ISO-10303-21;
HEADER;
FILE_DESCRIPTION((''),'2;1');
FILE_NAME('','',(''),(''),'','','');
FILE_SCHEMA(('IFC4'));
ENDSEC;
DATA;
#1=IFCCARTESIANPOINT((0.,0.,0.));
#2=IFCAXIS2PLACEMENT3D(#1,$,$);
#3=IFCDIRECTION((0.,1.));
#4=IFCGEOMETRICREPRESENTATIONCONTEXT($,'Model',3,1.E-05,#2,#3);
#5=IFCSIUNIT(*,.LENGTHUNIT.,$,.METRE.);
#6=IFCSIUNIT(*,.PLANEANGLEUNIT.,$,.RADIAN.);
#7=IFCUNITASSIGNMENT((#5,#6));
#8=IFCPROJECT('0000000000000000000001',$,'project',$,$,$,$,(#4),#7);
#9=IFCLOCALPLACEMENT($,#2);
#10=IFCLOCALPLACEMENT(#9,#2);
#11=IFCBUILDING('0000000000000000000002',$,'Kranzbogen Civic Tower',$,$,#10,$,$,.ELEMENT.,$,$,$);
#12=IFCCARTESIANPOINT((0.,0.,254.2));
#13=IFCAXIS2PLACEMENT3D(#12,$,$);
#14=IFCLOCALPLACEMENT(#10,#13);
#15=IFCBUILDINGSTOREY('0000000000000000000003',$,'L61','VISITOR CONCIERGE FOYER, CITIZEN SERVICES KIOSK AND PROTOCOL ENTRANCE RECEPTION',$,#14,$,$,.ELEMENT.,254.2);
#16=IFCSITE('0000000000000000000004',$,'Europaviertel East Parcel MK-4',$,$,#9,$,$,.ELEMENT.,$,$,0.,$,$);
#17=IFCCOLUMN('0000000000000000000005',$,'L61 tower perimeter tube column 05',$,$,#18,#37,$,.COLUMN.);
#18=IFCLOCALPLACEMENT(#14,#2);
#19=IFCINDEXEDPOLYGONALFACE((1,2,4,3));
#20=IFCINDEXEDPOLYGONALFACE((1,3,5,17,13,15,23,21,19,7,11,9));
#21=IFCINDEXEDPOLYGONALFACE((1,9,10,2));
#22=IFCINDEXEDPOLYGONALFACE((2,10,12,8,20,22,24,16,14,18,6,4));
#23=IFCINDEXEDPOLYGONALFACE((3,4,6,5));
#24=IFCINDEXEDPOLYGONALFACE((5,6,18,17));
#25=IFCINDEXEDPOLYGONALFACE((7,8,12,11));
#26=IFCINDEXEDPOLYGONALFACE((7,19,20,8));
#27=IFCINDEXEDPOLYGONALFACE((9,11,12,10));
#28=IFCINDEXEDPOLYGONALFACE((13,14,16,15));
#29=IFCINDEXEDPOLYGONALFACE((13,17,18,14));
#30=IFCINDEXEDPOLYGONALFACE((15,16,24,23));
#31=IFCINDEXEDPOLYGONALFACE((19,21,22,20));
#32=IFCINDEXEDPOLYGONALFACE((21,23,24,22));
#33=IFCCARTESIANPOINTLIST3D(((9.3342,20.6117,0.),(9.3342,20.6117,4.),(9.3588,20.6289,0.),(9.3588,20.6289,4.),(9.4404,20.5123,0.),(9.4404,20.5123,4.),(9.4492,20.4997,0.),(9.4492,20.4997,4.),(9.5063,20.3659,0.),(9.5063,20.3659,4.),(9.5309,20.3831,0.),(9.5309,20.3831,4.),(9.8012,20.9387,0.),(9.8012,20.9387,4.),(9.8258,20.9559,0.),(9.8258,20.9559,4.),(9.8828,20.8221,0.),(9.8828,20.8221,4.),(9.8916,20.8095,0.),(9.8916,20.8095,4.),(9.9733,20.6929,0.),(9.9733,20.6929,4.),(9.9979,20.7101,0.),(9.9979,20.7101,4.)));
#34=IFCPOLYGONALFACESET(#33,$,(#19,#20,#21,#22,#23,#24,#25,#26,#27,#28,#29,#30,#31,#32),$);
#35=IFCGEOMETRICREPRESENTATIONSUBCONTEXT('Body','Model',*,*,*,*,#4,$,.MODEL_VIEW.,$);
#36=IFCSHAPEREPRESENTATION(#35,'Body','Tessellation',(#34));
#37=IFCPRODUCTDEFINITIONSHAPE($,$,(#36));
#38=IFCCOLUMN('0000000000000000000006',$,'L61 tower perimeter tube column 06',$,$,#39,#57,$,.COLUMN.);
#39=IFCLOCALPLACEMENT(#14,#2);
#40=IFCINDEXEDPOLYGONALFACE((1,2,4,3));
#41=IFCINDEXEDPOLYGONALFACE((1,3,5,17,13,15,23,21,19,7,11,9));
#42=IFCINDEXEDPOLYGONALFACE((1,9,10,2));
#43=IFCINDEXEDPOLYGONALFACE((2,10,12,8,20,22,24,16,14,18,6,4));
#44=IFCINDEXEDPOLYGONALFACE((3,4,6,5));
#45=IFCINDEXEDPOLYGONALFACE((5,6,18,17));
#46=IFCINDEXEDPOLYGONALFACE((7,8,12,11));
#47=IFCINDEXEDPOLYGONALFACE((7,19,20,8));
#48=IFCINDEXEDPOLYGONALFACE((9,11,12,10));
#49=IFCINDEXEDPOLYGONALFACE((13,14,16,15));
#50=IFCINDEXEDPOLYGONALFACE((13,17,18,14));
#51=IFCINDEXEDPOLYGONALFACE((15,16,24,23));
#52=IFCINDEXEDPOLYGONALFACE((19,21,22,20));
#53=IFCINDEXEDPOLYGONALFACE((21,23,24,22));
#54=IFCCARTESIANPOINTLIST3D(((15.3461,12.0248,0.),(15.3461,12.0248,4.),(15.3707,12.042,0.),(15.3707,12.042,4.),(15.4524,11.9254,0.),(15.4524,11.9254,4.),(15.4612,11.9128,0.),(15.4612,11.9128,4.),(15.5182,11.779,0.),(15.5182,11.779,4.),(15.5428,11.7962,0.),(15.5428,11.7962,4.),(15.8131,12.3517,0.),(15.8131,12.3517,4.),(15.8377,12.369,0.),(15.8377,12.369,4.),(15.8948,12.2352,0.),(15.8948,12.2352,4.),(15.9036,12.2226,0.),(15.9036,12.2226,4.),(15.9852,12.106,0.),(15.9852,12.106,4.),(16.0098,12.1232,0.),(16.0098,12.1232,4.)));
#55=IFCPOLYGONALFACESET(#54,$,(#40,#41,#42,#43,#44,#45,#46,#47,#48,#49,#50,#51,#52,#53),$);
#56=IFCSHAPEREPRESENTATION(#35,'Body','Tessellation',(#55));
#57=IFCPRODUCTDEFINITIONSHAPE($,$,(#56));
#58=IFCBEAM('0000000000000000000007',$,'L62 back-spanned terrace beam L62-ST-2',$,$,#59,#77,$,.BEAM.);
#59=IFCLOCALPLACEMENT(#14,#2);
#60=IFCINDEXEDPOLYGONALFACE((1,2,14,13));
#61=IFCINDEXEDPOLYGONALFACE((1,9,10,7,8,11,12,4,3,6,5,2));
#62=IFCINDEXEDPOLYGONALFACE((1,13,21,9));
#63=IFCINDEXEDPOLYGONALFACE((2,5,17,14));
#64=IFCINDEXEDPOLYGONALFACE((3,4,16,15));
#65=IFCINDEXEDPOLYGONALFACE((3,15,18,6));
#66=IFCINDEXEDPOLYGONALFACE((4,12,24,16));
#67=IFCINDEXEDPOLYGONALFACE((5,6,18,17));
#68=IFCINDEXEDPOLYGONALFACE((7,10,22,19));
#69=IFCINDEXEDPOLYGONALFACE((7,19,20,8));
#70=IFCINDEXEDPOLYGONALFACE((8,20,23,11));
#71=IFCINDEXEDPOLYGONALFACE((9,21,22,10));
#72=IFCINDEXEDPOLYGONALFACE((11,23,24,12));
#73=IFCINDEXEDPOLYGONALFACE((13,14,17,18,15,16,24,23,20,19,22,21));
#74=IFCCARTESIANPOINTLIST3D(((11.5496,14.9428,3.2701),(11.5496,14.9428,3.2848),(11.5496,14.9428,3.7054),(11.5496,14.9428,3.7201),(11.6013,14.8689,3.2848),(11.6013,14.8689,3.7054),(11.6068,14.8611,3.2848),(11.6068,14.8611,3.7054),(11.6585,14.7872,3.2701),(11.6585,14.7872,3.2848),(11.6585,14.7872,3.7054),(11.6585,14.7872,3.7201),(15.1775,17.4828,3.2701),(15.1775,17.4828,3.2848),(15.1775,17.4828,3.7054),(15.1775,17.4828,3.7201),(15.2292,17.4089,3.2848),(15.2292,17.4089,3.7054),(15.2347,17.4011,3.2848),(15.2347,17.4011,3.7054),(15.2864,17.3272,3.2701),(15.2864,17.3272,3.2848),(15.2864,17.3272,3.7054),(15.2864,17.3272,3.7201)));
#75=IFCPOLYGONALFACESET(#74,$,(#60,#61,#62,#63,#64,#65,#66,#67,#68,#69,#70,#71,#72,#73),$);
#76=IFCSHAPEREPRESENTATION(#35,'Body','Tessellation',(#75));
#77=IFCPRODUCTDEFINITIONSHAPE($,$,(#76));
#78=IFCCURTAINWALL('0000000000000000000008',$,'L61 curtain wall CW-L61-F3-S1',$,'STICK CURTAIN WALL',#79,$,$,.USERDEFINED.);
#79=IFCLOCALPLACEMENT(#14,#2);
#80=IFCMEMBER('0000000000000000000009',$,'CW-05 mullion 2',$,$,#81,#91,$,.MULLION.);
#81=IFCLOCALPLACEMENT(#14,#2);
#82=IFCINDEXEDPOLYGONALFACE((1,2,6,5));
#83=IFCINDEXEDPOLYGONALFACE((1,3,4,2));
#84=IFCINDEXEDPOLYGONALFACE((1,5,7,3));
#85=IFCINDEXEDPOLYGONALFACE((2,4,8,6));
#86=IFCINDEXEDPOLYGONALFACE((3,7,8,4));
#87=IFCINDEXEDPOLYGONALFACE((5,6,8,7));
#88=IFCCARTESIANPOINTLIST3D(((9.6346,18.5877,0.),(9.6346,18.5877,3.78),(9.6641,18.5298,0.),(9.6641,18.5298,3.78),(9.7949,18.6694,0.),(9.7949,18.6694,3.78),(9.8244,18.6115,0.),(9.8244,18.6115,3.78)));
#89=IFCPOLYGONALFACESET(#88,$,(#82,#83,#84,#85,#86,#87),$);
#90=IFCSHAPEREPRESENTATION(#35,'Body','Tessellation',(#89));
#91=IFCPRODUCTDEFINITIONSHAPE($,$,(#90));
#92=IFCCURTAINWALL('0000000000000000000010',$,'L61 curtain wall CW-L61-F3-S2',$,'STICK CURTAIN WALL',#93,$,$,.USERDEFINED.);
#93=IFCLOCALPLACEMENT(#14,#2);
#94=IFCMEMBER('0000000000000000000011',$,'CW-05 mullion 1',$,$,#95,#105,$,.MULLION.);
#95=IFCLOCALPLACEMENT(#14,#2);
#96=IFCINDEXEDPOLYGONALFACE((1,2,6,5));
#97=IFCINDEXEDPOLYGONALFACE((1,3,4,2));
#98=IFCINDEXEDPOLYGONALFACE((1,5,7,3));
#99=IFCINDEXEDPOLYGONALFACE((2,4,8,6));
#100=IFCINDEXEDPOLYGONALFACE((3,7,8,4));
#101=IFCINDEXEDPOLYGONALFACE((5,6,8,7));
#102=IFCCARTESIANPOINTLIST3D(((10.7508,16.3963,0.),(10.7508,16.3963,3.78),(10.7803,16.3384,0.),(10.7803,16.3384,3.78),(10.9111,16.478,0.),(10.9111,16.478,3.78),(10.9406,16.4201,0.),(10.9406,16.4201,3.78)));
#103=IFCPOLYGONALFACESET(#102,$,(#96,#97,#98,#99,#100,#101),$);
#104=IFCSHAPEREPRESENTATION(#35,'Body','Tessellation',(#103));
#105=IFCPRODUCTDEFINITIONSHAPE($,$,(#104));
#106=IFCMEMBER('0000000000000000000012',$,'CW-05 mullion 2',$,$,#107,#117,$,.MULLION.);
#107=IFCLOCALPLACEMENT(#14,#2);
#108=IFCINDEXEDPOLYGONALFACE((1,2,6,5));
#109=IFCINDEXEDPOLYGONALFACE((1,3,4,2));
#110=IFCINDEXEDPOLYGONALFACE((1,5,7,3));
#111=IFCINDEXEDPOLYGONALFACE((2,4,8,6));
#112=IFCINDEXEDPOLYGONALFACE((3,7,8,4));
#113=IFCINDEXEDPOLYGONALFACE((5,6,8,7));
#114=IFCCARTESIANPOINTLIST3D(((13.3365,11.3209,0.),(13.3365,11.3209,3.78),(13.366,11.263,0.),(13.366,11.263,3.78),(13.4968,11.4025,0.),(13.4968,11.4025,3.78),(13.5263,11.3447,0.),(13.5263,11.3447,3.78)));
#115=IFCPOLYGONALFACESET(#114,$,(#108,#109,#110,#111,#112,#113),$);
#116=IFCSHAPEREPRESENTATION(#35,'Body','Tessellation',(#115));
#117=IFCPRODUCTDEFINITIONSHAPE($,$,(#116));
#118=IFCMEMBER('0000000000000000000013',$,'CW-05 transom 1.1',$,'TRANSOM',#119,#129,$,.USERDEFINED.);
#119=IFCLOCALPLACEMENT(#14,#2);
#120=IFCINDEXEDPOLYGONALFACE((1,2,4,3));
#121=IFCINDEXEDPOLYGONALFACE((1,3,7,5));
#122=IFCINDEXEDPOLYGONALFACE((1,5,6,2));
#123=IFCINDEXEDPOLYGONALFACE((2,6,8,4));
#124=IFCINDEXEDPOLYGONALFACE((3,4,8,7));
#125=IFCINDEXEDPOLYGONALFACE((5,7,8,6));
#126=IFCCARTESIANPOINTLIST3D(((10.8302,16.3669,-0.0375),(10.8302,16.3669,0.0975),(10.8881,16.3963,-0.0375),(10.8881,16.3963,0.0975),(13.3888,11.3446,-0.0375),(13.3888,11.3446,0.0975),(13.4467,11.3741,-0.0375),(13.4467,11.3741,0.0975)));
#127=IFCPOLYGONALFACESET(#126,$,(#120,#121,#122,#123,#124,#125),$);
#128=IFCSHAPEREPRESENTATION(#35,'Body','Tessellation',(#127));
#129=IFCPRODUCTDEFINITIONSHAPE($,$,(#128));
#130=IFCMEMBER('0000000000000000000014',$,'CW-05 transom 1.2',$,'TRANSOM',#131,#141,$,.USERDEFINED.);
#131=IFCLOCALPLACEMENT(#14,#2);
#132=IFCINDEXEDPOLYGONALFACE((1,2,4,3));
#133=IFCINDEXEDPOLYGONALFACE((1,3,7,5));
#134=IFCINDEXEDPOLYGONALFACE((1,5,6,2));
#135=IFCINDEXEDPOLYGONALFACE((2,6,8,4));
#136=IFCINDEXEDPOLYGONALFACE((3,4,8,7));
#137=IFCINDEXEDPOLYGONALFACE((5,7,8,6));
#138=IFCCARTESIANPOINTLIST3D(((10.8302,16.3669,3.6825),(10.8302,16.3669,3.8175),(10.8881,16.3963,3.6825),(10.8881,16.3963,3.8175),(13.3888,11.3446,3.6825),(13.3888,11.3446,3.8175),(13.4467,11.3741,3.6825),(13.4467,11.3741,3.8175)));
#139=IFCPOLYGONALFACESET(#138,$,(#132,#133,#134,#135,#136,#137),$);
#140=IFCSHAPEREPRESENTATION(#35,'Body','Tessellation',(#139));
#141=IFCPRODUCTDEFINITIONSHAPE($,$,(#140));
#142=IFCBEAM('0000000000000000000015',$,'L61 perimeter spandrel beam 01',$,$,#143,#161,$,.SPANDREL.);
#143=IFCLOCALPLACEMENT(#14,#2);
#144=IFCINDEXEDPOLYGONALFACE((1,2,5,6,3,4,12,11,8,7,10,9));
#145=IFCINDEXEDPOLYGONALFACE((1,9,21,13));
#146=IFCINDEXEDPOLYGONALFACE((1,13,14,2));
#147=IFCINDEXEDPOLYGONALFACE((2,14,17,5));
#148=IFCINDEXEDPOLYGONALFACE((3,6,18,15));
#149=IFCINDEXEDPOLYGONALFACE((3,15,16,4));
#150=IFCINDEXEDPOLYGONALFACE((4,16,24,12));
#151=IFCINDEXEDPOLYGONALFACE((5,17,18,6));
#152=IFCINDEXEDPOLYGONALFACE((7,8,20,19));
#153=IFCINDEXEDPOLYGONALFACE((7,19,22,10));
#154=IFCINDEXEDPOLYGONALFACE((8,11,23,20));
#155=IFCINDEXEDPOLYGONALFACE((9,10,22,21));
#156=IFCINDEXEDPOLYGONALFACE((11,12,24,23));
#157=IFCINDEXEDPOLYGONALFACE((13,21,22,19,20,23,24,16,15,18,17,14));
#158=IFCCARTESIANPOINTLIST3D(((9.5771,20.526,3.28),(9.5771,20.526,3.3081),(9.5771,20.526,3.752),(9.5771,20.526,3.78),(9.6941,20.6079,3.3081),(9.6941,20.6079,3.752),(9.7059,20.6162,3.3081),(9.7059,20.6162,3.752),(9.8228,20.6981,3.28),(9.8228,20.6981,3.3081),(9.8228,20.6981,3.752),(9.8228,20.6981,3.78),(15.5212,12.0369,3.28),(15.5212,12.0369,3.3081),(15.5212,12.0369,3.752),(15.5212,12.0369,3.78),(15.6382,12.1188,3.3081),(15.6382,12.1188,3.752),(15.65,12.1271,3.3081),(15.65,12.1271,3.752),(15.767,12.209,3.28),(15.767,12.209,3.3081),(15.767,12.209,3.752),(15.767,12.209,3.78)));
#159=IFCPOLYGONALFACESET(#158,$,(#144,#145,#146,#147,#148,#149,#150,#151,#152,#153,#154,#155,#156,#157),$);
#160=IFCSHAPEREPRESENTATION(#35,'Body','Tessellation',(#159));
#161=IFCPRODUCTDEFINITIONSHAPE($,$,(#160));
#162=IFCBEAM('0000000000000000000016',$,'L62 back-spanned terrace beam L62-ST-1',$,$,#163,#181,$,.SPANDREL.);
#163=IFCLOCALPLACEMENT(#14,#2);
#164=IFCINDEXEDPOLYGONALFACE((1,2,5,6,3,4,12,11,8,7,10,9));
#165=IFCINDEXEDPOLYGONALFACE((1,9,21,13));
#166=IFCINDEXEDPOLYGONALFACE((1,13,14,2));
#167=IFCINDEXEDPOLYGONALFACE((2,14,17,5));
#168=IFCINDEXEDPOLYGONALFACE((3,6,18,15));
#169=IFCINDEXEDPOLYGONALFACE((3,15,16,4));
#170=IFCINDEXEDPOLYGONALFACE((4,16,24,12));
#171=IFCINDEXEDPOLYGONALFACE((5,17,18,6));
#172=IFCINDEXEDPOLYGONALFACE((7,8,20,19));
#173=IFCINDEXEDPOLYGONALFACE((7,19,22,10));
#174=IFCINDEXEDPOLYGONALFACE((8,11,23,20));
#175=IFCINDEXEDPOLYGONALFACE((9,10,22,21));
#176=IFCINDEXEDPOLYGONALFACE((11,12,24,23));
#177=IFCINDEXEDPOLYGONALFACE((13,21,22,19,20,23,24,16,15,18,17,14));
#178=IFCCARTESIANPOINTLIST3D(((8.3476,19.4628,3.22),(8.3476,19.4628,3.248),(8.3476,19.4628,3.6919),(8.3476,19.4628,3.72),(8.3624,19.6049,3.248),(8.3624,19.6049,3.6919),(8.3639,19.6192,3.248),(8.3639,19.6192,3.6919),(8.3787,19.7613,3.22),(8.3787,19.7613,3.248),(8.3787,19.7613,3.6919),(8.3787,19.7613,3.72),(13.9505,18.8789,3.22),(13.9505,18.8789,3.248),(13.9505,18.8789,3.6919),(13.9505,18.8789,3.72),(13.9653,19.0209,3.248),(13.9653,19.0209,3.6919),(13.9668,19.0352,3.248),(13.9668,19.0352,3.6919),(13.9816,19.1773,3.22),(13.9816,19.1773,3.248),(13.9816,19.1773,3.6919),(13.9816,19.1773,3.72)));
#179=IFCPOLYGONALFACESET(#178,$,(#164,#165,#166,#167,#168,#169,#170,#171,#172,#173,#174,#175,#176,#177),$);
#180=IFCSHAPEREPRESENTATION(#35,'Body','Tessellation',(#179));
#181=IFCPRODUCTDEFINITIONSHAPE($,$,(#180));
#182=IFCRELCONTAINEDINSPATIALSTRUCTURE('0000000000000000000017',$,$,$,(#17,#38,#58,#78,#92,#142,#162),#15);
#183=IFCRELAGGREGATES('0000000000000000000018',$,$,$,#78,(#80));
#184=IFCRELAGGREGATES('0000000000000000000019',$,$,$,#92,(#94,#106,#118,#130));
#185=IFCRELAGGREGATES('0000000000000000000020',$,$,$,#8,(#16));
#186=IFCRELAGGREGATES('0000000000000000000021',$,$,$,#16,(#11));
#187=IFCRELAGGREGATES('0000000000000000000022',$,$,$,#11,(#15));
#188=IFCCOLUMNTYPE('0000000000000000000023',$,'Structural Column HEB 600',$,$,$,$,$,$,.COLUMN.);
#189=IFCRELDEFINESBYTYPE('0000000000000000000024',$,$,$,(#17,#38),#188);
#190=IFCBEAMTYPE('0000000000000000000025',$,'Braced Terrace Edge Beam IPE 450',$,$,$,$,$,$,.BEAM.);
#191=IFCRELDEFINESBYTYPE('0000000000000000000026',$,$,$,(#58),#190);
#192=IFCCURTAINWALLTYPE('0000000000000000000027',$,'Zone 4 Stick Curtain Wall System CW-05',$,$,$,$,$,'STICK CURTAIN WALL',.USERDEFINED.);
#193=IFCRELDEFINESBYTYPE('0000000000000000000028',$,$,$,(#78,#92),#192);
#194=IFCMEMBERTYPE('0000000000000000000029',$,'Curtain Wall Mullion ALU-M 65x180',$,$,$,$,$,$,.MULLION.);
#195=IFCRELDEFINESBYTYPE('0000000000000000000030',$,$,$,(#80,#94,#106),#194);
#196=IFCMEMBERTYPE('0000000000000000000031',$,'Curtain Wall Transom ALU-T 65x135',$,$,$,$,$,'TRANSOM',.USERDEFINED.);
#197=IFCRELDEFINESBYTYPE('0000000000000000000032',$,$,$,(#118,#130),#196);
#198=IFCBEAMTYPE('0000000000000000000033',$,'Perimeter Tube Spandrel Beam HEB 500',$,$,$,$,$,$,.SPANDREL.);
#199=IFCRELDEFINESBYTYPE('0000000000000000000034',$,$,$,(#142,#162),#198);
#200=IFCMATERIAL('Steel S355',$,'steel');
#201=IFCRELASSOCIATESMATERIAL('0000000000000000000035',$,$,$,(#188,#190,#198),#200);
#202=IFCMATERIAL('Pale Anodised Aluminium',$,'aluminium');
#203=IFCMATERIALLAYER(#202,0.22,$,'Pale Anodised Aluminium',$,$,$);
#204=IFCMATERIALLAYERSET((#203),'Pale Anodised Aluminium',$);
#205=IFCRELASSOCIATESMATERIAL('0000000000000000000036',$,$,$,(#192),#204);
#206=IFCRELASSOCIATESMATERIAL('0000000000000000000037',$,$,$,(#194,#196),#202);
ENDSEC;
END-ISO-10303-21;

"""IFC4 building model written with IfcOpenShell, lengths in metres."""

from ifc_helpers import new_model, si_unit, direction, frame, origin, origin_2d, place, context, subcontext, project, spatial, rectangle, i_section, extrude, material, layer, layer_set, material_profile, profile_set, type_object, element, aggregate, save


model = new_model("IFC4")

# Units and contexts
model_context = context("Model", 3, precision=1e-05, world=origin(), true_north=direction((0.0, 1.0)))
body_context = subcontext(model_context, "Body", "Model", "MODEL_VIEW")
ifc_project = project(units=[si_unit("LENGTHUNIT", "METRE"), si_unit("PLANEANGLEUNIT", "RADIAN")], contexts=[model_context])

# Site, building, storey
site_placement = place(None, origin())
site = spatial("IfcSite", under=ifc_project, at=site_placement, Name="Europaviertel East Parcel MK-4", CompositionType="ELEMENT", RefElevation=0.0)
building_placement = place(site_placement, origin())
building = spatial("IfcBuilding", under=site, at=building_placement, Name="Kranzbogen Civic Tower", CompositionType="ELEMENT")
storey_placement = place(building_placement, frame((0.0, 0.0, 254.2)))
storey = spatial("IfcBuildingStorey", under=building, at=storey_placement, Name="L61", Description="VISITOR CONCIERGE FOYER, CITIZEN SERVICES KIOSK AND PROTOCOL ENTRANCE RECEPTION", CompositionType="ELEMENT", Elevation=254.2)

# Columns
ifc_material_1 = material(Name="Steel S355", Category="steel")
ifc_material_profile_1 = material_profile(ifc_material_1, i_section(OverallWidth=0.3, OverallDepth=0.6001, WebThickness=0.0154, FlangeThickness=0.03, at=origin_2d()), Name="HEB 600")
ifc_profile_set_1 = profile_set([ifc_material_profile_1], Name="Steel S355")
column_type = type_object("IfcColumnType", Name="Structural Column HEB 600", PredefinedType="COLUMN", material=ifc_profile_set_1)
for number, where, z_axis, x_axis, name in (
    (1, (9.666, 20.6609, 0.0), (0.0, 0.0, 1.0), (-0.573576, 0.819152, 0.0), "L61 tower perimeter tube column 05"),
    (2, (15.678, 12.074, 0.0), (0.0, 0.0, 1.0), (-0.573576, 0.819152, 0.0), "L61 tower perimeter tube column 06"),
):
    element("IfcColumn", number, at=place(storey_placement, frame(where, z_axis=z_axis, x_axis=x_axis)), inside=storey, type_object=column_type, Name=name, PredefinedType="COLUMN", context=body_context, shape_type="SweptSolid", body=[
        extrude(i_section(OverallWidth=0.3, OverallDepth=0.6001, WebThickness=0.0154, FlangeThickness=0.03, at=origin_2d()), origin(), (0.0, 0.0, 1.0), 4.0),
    ])

# Beam
ifc_material_profile_2 = material_profile(ifc_material_1, i_section(OverallWidth=0.1899, OverallDepth=0.45, WebThickness=0.0095, FlangeThickness=0.0146, at=origin_2d()), Name="IPE 450")
ifc_profile_set_2 = profile_set([ifc_material_profile_2], Name="Steel S355")
beam_type_1 = type_object("IfcBeamType", Name="Braced Terrace Edge Beam IPE 450", PredefinedType="BEAM", material=ifc_profile_set_2)
beam_1_placement = place(storey_placement, frame((15.2319, 17.405, 3.4951), z_axis=(-0.81918, -0.573536, 0.0), x_axis=(0.573536, -0.81918, 0.0)))
element("IfcBeam", 3, at=beam_1_placement, inside=storey, type_object=beam_type_1, Name="L62 back-spanned terrace beam L62-ST-2", PredefinedType="BEAM", context=body_context, shape_type="SweptSolid", body=[
    extrude(i_section(OverallWidth=0.1899, OverallDepth=0.45, WebThickness=0.0095, FlangeThickness=0.0146, at=origin_2d()), origin(), (0.0, 0.0, 1.0), 4.4287),
])

# Curtain wall, member
ifc_material_2 = material(Name="Pale Anodised Aluminium", Category="aluminium")
ifc_layer_1 = layer(ifc_material_2, 0.22, Name="Pale Anodised Aluminium")
ifc_layer_set_1 = layer_set([ifc_layer_1], Name="Pale Anodised Aluminium")
curtain_wall_type = type_object("IfcCurtainWallType", Name="Zone 4 Stick Curtain Wall System CW-05", ElementType="STICK CURTAIN WALL", PredefinedType="USERDEFINED", material=ifc_layer_set_1)
curtain_wall_1_placement = place(storey_placement, origin())
curtain_wall_1 = element("IfcCurtainWall", 4, at=curtain_wall_1_placement, inside=storey, type_object=curtain_wall_type, Name="L61 curtain wall CW-L61-F3-S1", ObjectType="STICK CURTAIN WALL", PredefinedType="USERDEFINED")
ifc_material_profile_3 = material_profile(ifc_material_2, rectangle(XDim=0.0649, YDim=0.1799, at=origin_2d()), Name="ALU-M 65x180")
ifc_profile_set_3 = profile_set([ifc_material_profile_3], Name="Pale Anodised Aluminium")
member_type_1 = type_object("IfcMemberType", Name="Curtain Wall Mullion ALU-M 65x180", PredefinedType="MULLION", material=ifc_profile_set_3)
member_1_placement = place(storey_placement, frame((9.7295, 18.5996, 0.0), z_axis=(0.0, 0.0, 1.0), x_axis=(0.454012, -0.890996, 0.0)))
member_1 = element("IfcMember", 5, at=member_1_placement, type_object=member_type_1, Name="CW-05 mullion 2", PredefinedType="MULLION", context=body_context, shape_type="SweptSolid", body=[
    extrude(rectangle(XDim=0.0649, YDim=0.1799, at=origin_2d()), origin(), (0.0, 0.0, 1.0), 3.78),
])

# Curtain wall, members
curtain_wall_2_placement = place(storey_placement, origin())
curtain_wall_2 = element("IfcCurtainWall", 6, at=curtain_wall_2_placement, inside=storey, type_object=curtain_wall_type, Name="L61 curtain wall CW-L61-F3-S2", ObjectType="STICK CURTAIN WALL", PredefinedType="USERDEFINED")
member_2_placement = place(storey_placement, frame((10.8457, 16.4082, 0.0), z_axis=(0.0, 0.0, 1.0), x_axis=(0.453941, -0.891032, 0.0)))
member_2 = element("IfcMember", 7, at=member_2_placement, type_object=member_type_1, Name="CW-05 mullion 1", PredefinedType="MULLION", context=body_context, shape_type="SweptSolid", body=[
    extrude(rectangle(XDim=0.0649, YDim=0.1799, at=origin_2d()), origin(), (0.0, 0.0, 1.0), 3.78),
])
member_3_placement = place(storey_placement, frame((13.4314, 11.3328, 0.0), z_axis=(0.0, 0.0, 1.0), x_axis=(0.453941, -0.891032, 0.0)))
member_3 = element("IfcMember", 8, at=member_3_placement, type_object=member_type_1, Name="CW-05 mullion 2", PredefinedType="MULLION", context=body_context, shape_type="SweptSolid", body=[
    extrude(rectangle(XDim=0.0649, YDim=0.1799, at=origin_2d()), origin(), (0.0, 0.0, 1.0), 3.78),
])
ifc_material_profile_4 = material_profile(ifc_material_2, rectangle(XDim=0.0649, YDim=0.135, at=origin_2d()), Name="ALU-T 65x135")
ifc_profile_set_4 = profile_set([ifc_material_profile_4], Name="Pale Anodised Aluminium")
member_type_2 = type_object("IfcMemberType", Name="Curtain Wall Transom ALU-T 65x135", ElementType="TRANSOM", PredefinedType="USERDEFINED", material=ifc_profile_set_4)
member_4_placement = place(storey_placement, frame((10.8591, 16.3816, 0.03), z_axis=(0.453941, -0.891032, 0.0), x_axis=(0.891032, 0.453941, 0.0)))
member_4 = element("IfcMember", 9, at=member_4_placement, type_object=member_type_2, Name="CW-05 transom 1.1", ObjectType="TRANSOM", PredefinedType="USERDEFINED", context=body_context, shape_type="SweptSolid", body=[
    extrude(rectangle(XDim=0.0649, YDim=0.135, at=origin_2d()), origin(), (0.0, 0.0, 1.0), 5.6365),
])
member_5_placement = place(storey_placement, frame((10.8591, 16.3816, 3.75), z_axis=(0.453941, -0.891032, 0.0), x_axis=(0.891032, 0.453941, 0.0)))
member_5 = element("IfcMember", 10, at=member_5_placement, type_object=member_type_2, Name="CW-05 transom 1.2", ObjectType="TRANSOM", PredefinedType="USERDEFINED", context=body_context, shape_type="SweptSolid", body=[
    extrude(rectangle(XDim=0.0649, YDim=0.135, at=origin_2d()), origin(), (0.0, 0.0, 1.0), 5.6365),
])

# Beams
ifc_material_profile_5 = material_profile(ifc_material_1, i_section(OverallWidth=0.3, OverallDepth=0.5, WebThickness=0.0144, FlangeThickness=0.0281, at=origin_2d()), Name="HEB 500")
ifc_profile_set_5 = profile_set([ifc_material_profile_5], Name="Steel S355")
beam_type_2 = type_object("IfcBeamType", Name="Perimeter Tube Spandrel Beam HEB 500", PredefinedType="SPANDREL", material=ifc_profile_set_5)
beam_2_placement = place(storey_placement, frame((9.7, 20.6121, 3.53), z_axis=(0.573578, -0.819151, 0.0), x_axis=(0.819151, 0.573578, 0.0)))
element("IfcBeam", 11, at=beam_2_placement, inside=storey, type_object=beam_type_2, Name="L61 perimeter spandrel beam 01", PredefinedType="SPANDREL", context=body_context, shape_type="SweptSolid", body=[
    extrude(i_section(OverallWidth=0.3, OverallDepth=0.5, WebThickness=0.0144, FlangeThickness=0.0281, at=origin_2d()), origin(), (0.0, 0.0, 1.0), 10.3633),
])
beam_3_placement = place(storey_placement, frame((13.9661, 19.0281, 3.47), z_axis=(-0.994612, 0.103665, 0.0), x_axis=(-0.103665, -0.994612, 0.0)))
element("IfcBeam", 12, at=beam_3_placement, inside=storey, type_object=beam_type_2, Name="L62 back-spanned terrace beam L62-ST-1", PredefinedType="SPANDREL", context=body_context, shape_type="SweptSolid", body=[
    extrude(i_section(OverallWidth=0.3, OverallDepth=0.5, WebThickness=0.0144, FlangeThickness=0.0281, at=origin_2d()), origin(), (0.0, 0.0, 1.0), 5.6333),
])

aggregate(curtain_wall_1, [member_1])
aggregate(curtain_wall_2, [member_2, member_3, member_4, member_5])

save(model, "model.ifc")
